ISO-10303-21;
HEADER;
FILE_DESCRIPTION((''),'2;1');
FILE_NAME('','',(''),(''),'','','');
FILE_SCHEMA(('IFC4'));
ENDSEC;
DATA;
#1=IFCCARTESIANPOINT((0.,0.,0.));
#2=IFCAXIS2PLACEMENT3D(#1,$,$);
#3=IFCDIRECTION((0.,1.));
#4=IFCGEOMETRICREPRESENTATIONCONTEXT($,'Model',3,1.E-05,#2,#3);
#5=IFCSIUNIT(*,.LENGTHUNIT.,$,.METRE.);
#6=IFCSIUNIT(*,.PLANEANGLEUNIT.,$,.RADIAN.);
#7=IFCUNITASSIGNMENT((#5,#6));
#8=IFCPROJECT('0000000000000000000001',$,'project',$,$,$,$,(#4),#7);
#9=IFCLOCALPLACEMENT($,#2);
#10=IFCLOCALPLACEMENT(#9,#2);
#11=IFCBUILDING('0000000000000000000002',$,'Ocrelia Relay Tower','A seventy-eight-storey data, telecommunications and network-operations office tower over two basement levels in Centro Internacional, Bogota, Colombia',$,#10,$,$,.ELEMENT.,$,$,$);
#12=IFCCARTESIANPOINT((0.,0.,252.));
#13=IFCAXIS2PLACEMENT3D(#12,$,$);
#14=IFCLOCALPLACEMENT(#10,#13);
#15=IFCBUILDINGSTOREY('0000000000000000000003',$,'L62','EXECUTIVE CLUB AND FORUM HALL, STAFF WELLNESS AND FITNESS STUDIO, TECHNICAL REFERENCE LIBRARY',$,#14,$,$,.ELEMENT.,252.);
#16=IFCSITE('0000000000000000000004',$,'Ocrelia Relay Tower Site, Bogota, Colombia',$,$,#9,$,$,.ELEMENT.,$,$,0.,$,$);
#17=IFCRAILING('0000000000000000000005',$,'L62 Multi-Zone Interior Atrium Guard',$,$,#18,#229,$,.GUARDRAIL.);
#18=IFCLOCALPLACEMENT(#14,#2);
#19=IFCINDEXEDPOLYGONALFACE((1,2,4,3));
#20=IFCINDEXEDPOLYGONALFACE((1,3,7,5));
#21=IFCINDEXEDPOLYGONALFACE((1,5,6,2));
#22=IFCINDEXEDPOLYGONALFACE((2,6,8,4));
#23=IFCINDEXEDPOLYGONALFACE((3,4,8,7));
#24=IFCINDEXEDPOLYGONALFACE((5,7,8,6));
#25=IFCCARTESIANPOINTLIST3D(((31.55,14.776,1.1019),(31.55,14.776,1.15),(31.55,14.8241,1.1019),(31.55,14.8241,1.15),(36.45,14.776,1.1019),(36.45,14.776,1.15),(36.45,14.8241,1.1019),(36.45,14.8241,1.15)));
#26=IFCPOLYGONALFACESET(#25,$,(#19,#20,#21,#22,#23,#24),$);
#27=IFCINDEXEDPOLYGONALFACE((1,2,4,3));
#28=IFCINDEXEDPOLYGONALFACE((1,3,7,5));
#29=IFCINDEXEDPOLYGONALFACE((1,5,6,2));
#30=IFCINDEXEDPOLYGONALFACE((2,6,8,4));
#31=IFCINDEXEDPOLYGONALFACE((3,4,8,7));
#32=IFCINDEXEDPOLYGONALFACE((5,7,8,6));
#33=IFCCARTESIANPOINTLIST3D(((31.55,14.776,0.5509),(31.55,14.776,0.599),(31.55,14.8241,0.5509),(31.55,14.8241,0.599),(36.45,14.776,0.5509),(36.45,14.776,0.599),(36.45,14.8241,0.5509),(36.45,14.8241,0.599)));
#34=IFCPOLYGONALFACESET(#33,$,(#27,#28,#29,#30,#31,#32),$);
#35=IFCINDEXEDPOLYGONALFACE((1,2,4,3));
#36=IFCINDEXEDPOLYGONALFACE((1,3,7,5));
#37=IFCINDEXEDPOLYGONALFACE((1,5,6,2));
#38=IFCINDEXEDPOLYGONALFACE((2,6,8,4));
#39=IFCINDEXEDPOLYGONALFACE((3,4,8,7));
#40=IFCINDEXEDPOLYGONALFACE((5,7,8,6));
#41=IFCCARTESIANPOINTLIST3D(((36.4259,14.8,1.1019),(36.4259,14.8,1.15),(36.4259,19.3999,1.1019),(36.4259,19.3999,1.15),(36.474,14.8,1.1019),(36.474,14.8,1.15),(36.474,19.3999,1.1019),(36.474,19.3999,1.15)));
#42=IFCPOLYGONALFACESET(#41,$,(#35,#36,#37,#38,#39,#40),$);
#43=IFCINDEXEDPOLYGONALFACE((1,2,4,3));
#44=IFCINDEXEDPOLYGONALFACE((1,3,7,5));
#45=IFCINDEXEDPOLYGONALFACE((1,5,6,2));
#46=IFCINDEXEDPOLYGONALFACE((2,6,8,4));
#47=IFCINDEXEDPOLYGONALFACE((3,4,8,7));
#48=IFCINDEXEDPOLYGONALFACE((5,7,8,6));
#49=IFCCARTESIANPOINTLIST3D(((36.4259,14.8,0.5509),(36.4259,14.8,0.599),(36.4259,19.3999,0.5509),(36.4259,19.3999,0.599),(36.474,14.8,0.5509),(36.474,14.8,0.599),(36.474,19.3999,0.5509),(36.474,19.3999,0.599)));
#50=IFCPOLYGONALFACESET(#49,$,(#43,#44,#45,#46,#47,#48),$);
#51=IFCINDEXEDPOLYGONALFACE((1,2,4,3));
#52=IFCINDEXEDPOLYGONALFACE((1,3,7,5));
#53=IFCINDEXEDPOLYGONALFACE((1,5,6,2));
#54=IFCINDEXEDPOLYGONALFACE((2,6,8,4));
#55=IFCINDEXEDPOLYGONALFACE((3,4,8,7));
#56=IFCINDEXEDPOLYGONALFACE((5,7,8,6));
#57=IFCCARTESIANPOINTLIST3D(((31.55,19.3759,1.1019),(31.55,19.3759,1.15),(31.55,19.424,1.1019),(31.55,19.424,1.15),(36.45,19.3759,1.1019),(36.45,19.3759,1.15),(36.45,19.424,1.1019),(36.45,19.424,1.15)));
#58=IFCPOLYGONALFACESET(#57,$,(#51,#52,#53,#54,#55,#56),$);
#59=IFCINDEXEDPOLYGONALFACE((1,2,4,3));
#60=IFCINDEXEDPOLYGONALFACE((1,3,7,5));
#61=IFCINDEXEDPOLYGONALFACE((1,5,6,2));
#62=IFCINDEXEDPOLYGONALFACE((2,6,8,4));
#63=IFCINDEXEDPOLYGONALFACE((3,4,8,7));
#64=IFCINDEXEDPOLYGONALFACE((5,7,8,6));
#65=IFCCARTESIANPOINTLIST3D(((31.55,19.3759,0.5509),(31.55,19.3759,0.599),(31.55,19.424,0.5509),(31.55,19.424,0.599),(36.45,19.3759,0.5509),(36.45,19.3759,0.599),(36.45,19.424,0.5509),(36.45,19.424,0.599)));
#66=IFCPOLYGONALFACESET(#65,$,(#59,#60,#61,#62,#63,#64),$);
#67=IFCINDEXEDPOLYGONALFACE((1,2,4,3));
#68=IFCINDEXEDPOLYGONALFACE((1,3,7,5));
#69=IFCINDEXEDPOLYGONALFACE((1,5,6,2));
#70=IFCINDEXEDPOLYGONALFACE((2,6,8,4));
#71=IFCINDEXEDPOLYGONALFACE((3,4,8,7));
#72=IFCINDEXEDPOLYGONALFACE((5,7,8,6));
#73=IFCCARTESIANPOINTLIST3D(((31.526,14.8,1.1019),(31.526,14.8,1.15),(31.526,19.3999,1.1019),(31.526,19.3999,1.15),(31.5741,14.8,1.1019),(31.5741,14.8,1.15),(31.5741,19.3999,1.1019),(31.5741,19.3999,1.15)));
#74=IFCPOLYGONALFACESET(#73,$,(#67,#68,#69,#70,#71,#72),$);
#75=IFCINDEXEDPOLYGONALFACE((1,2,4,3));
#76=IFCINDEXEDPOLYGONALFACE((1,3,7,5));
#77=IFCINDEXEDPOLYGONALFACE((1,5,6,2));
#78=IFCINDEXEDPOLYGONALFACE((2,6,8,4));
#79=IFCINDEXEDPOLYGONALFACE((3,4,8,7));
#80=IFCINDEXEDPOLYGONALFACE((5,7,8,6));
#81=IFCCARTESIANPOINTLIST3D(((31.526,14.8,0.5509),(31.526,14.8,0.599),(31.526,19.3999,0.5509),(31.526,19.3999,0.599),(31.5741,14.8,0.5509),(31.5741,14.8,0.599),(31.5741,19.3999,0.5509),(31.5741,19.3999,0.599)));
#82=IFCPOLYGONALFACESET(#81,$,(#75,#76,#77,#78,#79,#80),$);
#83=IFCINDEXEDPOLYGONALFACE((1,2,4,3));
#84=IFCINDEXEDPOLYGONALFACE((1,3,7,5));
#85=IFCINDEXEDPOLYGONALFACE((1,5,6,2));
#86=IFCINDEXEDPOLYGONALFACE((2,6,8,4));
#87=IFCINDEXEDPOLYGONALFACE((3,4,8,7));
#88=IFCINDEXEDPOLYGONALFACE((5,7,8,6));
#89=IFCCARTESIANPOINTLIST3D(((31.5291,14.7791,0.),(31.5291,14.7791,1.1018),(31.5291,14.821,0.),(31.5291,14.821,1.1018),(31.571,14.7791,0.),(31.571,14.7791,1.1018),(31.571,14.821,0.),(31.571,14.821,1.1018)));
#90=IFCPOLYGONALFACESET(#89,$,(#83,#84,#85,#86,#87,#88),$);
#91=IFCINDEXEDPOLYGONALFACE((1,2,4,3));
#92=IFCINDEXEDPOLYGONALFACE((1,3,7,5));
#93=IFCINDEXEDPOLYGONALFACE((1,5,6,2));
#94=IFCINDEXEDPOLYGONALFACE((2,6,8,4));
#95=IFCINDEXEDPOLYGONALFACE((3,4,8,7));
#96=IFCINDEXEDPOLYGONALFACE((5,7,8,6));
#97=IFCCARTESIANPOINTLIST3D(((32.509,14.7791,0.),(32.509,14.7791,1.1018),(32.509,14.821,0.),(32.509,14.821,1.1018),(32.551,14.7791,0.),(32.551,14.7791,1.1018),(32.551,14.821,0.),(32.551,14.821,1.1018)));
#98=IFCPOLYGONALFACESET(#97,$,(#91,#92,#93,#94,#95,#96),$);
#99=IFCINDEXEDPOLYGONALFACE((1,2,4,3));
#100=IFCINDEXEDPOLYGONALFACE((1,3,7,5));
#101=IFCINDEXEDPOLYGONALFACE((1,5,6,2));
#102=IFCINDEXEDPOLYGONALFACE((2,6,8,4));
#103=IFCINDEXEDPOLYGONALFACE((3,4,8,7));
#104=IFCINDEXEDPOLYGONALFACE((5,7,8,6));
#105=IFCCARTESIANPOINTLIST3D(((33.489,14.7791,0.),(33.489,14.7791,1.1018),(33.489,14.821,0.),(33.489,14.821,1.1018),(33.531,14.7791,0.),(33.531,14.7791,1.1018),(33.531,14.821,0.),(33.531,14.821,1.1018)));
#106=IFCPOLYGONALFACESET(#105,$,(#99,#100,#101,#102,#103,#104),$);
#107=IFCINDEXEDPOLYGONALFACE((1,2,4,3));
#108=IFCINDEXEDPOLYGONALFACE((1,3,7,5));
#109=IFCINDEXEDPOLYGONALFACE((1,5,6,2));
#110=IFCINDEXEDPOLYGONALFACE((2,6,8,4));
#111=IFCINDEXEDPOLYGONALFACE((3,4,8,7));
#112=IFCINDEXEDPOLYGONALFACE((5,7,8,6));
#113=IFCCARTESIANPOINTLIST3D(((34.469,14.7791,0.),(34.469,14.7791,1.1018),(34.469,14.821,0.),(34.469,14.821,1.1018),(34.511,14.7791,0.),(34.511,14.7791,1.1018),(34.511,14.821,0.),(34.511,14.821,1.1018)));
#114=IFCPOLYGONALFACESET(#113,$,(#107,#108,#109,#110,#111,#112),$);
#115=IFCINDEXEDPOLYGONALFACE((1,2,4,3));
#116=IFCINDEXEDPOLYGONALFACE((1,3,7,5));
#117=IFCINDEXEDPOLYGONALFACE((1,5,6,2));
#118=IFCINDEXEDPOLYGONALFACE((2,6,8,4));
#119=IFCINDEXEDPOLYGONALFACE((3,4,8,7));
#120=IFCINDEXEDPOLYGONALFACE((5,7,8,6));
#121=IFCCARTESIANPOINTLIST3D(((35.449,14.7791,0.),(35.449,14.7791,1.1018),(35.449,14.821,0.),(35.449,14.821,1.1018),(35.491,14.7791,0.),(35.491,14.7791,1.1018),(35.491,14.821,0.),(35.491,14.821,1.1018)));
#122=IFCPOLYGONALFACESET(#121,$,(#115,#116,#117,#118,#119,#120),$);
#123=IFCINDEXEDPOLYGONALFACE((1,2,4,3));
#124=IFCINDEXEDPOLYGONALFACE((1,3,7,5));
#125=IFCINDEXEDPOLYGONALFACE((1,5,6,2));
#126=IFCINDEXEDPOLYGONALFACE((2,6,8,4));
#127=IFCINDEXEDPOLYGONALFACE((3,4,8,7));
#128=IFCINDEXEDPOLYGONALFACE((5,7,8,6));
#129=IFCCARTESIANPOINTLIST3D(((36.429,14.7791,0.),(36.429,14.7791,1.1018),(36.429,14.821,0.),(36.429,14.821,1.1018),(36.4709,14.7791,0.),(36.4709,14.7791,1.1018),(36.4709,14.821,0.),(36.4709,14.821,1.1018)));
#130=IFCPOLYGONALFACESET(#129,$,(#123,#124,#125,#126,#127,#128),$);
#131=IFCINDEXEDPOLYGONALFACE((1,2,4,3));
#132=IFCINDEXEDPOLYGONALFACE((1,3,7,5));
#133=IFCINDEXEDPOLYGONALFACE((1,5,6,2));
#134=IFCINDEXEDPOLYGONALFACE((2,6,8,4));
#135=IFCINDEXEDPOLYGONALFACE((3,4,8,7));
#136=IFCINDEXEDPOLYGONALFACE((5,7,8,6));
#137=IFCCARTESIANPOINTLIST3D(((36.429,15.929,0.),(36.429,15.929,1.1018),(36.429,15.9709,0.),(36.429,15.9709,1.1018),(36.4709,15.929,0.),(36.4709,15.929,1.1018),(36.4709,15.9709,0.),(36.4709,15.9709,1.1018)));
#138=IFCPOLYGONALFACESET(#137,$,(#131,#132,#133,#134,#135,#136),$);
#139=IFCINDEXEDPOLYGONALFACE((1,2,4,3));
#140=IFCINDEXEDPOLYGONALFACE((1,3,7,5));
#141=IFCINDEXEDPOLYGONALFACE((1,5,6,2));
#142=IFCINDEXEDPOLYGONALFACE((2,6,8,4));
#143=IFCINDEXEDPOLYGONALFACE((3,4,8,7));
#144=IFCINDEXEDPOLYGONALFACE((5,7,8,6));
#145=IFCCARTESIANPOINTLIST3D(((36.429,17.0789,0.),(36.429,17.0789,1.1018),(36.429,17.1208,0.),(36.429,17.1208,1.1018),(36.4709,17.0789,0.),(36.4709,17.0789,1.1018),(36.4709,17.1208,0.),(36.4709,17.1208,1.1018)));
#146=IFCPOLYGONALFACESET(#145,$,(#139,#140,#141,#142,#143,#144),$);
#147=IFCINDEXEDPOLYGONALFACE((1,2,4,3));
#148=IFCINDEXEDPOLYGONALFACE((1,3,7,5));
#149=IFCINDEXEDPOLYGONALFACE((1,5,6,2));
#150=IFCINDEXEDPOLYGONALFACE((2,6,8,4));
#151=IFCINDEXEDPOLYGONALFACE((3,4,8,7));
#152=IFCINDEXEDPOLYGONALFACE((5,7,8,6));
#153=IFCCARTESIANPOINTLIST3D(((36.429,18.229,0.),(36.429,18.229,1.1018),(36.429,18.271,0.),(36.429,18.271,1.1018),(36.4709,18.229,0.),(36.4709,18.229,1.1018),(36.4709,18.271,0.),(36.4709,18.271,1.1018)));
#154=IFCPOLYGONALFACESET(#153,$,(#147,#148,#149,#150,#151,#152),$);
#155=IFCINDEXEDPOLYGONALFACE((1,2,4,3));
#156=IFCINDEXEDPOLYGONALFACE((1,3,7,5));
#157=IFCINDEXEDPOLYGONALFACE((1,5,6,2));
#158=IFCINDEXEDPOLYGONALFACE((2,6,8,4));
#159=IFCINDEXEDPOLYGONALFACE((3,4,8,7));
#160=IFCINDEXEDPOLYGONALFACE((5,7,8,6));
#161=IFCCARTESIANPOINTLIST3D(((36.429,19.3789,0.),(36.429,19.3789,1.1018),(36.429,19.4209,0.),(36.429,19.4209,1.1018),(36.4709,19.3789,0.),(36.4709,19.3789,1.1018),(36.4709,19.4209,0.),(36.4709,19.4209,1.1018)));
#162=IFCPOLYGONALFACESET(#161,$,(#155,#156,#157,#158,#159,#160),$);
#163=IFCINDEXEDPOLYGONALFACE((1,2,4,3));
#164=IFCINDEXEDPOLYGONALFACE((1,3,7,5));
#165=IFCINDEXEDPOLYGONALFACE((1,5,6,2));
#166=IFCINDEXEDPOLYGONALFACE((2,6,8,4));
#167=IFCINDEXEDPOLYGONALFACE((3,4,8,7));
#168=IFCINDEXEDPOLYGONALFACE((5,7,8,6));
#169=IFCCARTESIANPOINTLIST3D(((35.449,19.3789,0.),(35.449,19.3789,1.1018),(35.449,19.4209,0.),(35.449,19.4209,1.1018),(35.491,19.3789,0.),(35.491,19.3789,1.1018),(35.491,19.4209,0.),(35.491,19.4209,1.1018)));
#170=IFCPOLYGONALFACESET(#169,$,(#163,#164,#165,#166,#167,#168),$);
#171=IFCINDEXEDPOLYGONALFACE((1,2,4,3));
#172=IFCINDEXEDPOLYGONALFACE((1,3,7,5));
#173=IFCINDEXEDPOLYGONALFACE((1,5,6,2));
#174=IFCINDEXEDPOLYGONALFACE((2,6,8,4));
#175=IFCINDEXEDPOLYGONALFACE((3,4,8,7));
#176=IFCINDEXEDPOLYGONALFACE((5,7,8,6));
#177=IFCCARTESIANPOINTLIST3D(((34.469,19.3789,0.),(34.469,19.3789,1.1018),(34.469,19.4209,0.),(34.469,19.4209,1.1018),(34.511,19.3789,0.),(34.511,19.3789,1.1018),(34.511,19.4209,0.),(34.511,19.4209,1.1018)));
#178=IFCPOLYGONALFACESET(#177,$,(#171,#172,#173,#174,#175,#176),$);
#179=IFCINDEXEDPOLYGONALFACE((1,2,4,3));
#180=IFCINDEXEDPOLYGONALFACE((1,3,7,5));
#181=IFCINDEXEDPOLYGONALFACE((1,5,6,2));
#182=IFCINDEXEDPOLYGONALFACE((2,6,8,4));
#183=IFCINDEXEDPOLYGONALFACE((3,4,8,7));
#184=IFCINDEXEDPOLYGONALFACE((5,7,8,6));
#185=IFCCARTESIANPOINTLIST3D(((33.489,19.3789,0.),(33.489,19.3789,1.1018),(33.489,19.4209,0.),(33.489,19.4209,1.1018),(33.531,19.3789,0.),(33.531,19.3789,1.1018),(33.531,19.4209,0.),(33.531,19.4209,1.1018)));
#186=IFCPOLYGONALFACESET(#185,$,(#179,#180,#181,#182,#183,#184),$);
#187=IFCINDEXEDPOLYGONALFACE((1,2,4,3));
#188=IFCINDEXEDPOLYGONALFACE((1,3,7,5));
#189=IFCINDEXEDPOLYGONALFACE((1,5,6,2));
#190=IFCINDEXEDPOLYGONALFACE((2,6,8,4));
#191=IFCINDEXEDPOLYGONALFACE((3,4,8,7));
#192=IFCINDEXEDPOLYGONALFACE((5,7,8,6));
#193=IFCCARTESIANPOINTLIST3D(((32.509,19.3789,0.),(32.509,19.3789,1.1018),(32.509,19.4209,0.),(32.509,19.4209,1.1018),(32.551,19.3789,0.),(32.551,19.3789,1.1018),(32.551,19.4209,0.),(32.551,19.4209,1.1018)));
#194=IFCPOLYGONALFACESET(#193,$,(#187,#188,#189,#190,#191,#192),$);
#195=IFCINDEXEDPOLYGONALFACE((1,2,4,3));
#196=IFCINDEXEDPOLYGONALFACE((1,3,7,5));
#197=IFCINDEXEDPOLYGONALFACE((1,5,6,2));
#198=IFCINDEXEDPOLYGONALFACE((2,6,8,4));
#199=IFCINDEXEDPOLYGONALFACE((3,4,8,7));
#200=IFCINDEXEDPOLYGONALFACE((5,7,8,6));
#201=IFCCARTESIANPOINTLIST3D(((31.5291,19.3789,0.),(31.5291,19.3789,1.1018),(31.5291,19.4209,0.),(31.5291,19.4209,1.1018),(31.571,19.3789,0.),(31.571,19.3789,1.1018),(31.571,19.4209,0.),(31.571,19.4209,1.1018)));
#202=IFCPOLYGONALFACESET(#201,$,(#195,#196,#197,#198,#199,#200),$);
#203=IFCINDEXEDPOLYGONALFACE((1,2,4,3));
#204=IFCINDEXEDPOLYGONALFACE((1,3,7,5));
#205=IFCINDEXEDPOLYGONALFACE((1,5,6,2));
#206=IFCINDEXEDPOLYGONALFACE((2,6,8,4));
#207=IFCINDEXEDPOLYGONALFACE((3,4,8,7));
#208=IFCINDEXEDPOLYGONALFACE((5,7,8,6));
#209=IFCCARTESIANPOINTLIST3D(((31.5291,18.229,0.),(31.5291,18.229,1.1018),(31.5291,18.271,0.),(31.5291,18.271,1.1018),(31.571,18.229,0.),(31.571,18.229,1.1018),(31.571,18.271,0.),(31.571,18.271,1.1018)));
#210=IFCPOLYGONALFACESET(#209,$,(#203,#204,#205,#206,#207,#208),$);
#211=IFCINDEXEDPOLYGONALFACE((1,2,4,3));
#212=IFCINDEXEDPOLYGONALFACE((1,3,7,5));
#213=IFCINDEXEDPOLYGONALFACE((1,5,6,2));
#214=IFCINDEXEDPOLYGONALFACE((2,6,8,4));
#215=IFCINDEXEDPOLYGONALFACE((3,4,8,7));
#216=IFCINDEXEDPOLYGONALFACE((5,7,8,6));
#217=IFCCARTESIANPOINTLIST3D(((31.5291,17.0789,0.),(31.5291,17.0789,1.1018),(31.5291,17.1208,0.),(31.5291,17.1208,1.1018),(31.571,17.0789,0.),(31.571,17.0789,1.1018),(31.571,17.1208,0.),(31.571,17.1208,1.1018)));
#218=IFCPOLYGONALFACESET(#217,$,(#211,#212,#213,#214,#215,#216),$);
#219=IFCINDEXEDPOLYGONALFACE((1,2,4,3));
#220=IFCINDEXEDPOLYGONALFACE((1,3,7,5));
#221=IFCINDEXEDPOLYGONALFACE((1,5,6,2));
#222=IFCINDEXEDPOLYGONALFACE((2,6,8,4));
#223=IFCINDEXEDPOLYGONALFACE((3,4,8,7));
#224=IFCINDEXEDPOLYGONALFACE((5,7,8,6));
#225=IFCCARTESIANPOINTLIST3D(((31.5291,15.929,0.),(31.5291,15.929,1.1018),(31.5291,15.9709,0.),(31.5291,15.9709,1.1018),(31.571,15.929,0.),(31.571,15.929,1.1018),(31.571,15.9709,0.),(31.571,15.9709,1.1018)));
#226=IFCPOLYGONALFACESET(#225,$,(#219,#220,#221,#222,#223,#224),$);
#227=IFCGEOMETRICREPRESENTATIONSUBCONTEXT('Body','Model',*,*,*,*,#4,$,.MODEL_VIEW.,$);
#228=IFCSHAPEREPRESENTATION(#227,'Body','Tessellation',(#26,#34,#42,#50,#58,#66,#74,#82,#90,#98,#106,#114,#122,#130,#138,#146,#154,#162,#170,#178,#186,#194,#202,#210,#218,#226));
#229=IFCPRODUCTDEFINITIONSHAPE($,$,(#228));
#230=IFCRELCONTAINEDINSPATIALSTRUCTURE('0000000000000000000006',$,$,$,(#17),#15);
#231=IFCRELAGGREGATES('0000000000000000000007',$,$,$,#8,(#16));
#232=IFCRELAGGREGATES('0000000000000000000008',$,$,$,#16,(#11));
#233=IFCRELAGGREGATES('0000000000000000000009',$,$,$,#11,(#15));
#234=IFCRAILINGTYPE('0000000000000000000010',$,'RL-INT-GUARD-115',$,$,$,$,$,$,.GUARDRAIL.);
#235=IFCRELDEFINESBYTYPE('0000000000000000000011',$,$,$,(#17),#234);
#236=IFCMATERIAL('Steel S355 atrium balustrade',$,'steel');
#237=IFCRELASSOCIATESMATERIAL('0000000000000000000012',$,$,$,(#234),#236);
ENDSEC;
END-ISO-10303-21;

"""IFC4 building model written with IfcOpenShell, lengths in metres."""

from ifc_helpers import new_model, si_unit, direction, frame, origin, origin_2d, place, context, subcontext, project, spatial, rectangle, extrude, material, type_object, element, save


model = new_model("IFC4")

# Units and contexts
model_context = context("Model", 3, precision=1e-05, world=origin(), true_north=direction((0.0, 1.0)))
body_context = subcontext(model_context, "Body", "Model", "MODEL_VIEW")
ifc_project = project(units=[si_unit("LENGTHUNIT", "METRE"), si_unit("PLANEANGLEUNIT", "RADIAN")], contexts=[model_context])

# Site, building, storey
site_placement = place(None, origin())
site = spatial("IfcSite", under=ifc_project, at=site_placement, Name="Ocrelia Relay Tower Site, Bogota, Colombia", CompositionType="ELEMENT", RefElevation=0.0)
building_placement = place(site_placement, origin())
building = spatial("IfcBuilding", under=site, at=building_placement, Name="Ocrelia Relay Tower", Description="A seventy-eight-storey data, telecommunications and network-operations office tower over two basement levels in Centro Internacional, Bogota, Colombia", CompositionType="ELEMENT")
storey_placement = place(building_placement, frame((0.0, 0.0, 252.0)))
storey = spatial("IfcBuildingStorey", under=building, at=storey_placement, Name="L62", Description="EXECUTIVE CLUB AND FORUM HALL, STAFF WELLNESS AND FITNESS STUDIO, TECHNICAL REFERENCE LIBRARY", CompositionType="ELEMENT", Elevation=252.0)

# Railing
ifc_material_1 = material(Name="Steel S355 atrium balustrade", Category="steel")
railing_type = type_object("IfcRailingType", Name="RL-INT-GUARD-115", PredefinedType="GUARDRAIL", material=ifc_material_1)
railing_placement = place(storey_placement, frame((31.55, 14.8, 0.0)))
element("IfcRailing", 1, at=railing_placement, inside=storey, type_object=railing_type, Name="L62 Multi-Zone Interior Atrium Guard", PredefinedType="GUARDRAIL", context=body_context, shape_type="SweptSolid", body=[
    extrude(rectangle(XDim=0.0481, YDim=0.0481, at=origin_2d()), frame((0.0, 0.0, 1.126), z_axis=(1.0, 0.0, 0.0), x_axis=(0.0, 1.0, 0.0)), (0.0, 0.0, 1.0), 4.8999),
    extrude(rectangle(XDim=0.0481, YDim=0.0481, at=origin_2d()), frame((0.0, 0.0, 0.575), z_axis=(1.0, 0.0, 0.0), x_axis=(0.0, 1.0, 0.0)), (0.0, 0.0, 1.0), 4.8999),
    extrude(rectangle(XDim=0.0481, YDim=0.0481, at=origin_2d()), frame((4.8999, 0.0, 1.126), z_axis=(0.0, 1.0, 0.0), x_axis=(-1.0, 0.0, 0.0)), (0.0, 0.0, 1.0), 4.5999),
    extrude(rectangle(XDim=0.0481, YDim=0.0481, at=origin_2d()), frame((4.8999, 0.0, 0.575), z_axis=(0.0, 1.0, 0.0), x_axis=(-1.0, 0.0, 0.0)), (0.0, 0.0, 1.0), 4.5999),
    extrude(rectangle(XDim=0.0481, YDim=0.0481, at=origin_2d()), frame((4.8999, 4.5999, 1.126), z_axis=(-1.0, 0.0, 0.0), x_axis=(0.0, -1.0, 0.0)), (0.0, 0.0, 1.0), 4.8999),
    extrude(rectangle(XDim=0.0481, YDim=0.0481, at=origin_2d()), frame((4.8999, 4.5999, 0.575), z_axis=(-1.0, 0.0, 0.0), x_axis=(0.0, -1.0, 0.0)), (0.0, 0.0, 1.0), 4.8999),
    extrude(rectangle(XDim=0.0481, YDim=0.0481, at=origin_2d()), frame((0.0, 4.5999, 1.126), z_axis=(0.0, -1.0, 0.0), x_axis=(1.0, 0.0, 0.0)), (0.0, 0.0, 1.0), 4.5999),
    extrude(rectangle(XDim=0.0481, YDim=0.0481, at=origin_2d()), frame((0.0, 4.5999, 0.575), z_axis=(0.0, -1.0, 0.0), x_axis=(1.0, 0.0, 0.0)), (0.0, 0.0, 1.0), 4.5999),
    extrude(rectangle(XDim=0.042, YDim=0.042, at=origin_2d()), origin(), (0.0, 0.0, 1.0), 1.1018),
    extrude(rectangle(XDim=0.042, YDim=0.042, at=origin_2d()), frame((0.98, 0.0, 0.0)), (0.0, 0.0, 1.0), 1.1018),
    extrude(rectangle(XDim=0.042, YDim=0.042, at=origin_2d()), frame((1.96, 0.0, 0.0)), (0.0, 0.0, 1.0), 1.1018),
    extrude(rectangle(XDim=0.042, YDim=0.042, at=origin_2d()), frame((2.9399, 0.0, 0.0)), (0.0, 0.0, 1.0), 1.1018),
    extrude(rectangle(XDim=0.042, YDim=0.042, at=origin_2d()), frame((3.9199, 0.0, 0.0)), (0.0, 0.0, 1.0), 1.1018),
    extrude(rectangle(XDim=0.042, YDim=0.042, at=origin_2d()), frame((4.8999, 0.0, 0.0)), (0.0, 0.0, 1.0), 1.1018),
    extrude(rectangle(XDim=0.042, YDim=0.042, at=origin_2d()), frame((4.8999, 1.1499, 0.0)), (0.0, 0.0, 1.0), 1.1018),
    extrude(rectangle(XDim=0.042, YDim=0.042, at=origin_2d()), frame((4.8999, 2.2998, 0.0)), (0.0, 0.0, 1.0), 1.1018),
    extrude(rectangle(XDim=0.042, YDim=0.042, at=origin_2d()), frame((4.8999, 3.45, 0.0)), (0.0, 0.0, 1.0), 1.1018),
    extrude(rectangle(XDim=0.042, YDim=0.042, at=origin_2d()), frame((4.8999, 4.5999, 0.0)), (0.0, 0.0, 1.0), 1.1018),
    extrude(rectangle(XDim=0.042, YDim=0.042, at=origin_2d()), frame((3.9199, 4.5999, 0.0)), (0.0, 0.0, 1.0), 1.1018),
    extrude(rectangle(XDim=0.042, YDim=0.042, at=origin_2d()), frame((2.9399, 4.5999, 0.0)), (0.0, 0.0, 1.0), 1.1018),
    extrude(rectangle(XDim=0.042, YDim=0.042, at=origin_2d()), frame((1.96, 4.5999, 0.0)), (0.0, 0.0, 1.0), 1.1018),
    extrude(rectangle(XDim=0.042, YDim=0.042, at=origin_2d()), frame((0.98, 4.5999, 0.0)), (0.0, 0.0, 1.0), 1.1018),
    extrude(rectangle(XDim=0.042, YDim=0.042, at=origin_2d()), frame((0.0, 4.5999, 0.0)), (0.0, 0.0, 1.0), 1.1018),
    extrude(rectangle(XDim=0.042, YDim=0.042, at=origin_2d()), frame((0.0, 3.45, 0.0)), (0.0, 0.0, 1.0), 1.1018),
    extrude(rectangle(XDim=0.042, YDim=0.042, at=origin_2d()), frame((0.0, 2.2998, 0.0)), (0.0, 0.0, 1.0), 1.1018),
    extrude(rectangle(XDim=0.042, YDim=0.042, at=origin_2d()), frame((0.0, 1.1499, 0.0)), (0.0, 0.0, 1.0), 1.1018),
])

save(model, "model.ifc")
